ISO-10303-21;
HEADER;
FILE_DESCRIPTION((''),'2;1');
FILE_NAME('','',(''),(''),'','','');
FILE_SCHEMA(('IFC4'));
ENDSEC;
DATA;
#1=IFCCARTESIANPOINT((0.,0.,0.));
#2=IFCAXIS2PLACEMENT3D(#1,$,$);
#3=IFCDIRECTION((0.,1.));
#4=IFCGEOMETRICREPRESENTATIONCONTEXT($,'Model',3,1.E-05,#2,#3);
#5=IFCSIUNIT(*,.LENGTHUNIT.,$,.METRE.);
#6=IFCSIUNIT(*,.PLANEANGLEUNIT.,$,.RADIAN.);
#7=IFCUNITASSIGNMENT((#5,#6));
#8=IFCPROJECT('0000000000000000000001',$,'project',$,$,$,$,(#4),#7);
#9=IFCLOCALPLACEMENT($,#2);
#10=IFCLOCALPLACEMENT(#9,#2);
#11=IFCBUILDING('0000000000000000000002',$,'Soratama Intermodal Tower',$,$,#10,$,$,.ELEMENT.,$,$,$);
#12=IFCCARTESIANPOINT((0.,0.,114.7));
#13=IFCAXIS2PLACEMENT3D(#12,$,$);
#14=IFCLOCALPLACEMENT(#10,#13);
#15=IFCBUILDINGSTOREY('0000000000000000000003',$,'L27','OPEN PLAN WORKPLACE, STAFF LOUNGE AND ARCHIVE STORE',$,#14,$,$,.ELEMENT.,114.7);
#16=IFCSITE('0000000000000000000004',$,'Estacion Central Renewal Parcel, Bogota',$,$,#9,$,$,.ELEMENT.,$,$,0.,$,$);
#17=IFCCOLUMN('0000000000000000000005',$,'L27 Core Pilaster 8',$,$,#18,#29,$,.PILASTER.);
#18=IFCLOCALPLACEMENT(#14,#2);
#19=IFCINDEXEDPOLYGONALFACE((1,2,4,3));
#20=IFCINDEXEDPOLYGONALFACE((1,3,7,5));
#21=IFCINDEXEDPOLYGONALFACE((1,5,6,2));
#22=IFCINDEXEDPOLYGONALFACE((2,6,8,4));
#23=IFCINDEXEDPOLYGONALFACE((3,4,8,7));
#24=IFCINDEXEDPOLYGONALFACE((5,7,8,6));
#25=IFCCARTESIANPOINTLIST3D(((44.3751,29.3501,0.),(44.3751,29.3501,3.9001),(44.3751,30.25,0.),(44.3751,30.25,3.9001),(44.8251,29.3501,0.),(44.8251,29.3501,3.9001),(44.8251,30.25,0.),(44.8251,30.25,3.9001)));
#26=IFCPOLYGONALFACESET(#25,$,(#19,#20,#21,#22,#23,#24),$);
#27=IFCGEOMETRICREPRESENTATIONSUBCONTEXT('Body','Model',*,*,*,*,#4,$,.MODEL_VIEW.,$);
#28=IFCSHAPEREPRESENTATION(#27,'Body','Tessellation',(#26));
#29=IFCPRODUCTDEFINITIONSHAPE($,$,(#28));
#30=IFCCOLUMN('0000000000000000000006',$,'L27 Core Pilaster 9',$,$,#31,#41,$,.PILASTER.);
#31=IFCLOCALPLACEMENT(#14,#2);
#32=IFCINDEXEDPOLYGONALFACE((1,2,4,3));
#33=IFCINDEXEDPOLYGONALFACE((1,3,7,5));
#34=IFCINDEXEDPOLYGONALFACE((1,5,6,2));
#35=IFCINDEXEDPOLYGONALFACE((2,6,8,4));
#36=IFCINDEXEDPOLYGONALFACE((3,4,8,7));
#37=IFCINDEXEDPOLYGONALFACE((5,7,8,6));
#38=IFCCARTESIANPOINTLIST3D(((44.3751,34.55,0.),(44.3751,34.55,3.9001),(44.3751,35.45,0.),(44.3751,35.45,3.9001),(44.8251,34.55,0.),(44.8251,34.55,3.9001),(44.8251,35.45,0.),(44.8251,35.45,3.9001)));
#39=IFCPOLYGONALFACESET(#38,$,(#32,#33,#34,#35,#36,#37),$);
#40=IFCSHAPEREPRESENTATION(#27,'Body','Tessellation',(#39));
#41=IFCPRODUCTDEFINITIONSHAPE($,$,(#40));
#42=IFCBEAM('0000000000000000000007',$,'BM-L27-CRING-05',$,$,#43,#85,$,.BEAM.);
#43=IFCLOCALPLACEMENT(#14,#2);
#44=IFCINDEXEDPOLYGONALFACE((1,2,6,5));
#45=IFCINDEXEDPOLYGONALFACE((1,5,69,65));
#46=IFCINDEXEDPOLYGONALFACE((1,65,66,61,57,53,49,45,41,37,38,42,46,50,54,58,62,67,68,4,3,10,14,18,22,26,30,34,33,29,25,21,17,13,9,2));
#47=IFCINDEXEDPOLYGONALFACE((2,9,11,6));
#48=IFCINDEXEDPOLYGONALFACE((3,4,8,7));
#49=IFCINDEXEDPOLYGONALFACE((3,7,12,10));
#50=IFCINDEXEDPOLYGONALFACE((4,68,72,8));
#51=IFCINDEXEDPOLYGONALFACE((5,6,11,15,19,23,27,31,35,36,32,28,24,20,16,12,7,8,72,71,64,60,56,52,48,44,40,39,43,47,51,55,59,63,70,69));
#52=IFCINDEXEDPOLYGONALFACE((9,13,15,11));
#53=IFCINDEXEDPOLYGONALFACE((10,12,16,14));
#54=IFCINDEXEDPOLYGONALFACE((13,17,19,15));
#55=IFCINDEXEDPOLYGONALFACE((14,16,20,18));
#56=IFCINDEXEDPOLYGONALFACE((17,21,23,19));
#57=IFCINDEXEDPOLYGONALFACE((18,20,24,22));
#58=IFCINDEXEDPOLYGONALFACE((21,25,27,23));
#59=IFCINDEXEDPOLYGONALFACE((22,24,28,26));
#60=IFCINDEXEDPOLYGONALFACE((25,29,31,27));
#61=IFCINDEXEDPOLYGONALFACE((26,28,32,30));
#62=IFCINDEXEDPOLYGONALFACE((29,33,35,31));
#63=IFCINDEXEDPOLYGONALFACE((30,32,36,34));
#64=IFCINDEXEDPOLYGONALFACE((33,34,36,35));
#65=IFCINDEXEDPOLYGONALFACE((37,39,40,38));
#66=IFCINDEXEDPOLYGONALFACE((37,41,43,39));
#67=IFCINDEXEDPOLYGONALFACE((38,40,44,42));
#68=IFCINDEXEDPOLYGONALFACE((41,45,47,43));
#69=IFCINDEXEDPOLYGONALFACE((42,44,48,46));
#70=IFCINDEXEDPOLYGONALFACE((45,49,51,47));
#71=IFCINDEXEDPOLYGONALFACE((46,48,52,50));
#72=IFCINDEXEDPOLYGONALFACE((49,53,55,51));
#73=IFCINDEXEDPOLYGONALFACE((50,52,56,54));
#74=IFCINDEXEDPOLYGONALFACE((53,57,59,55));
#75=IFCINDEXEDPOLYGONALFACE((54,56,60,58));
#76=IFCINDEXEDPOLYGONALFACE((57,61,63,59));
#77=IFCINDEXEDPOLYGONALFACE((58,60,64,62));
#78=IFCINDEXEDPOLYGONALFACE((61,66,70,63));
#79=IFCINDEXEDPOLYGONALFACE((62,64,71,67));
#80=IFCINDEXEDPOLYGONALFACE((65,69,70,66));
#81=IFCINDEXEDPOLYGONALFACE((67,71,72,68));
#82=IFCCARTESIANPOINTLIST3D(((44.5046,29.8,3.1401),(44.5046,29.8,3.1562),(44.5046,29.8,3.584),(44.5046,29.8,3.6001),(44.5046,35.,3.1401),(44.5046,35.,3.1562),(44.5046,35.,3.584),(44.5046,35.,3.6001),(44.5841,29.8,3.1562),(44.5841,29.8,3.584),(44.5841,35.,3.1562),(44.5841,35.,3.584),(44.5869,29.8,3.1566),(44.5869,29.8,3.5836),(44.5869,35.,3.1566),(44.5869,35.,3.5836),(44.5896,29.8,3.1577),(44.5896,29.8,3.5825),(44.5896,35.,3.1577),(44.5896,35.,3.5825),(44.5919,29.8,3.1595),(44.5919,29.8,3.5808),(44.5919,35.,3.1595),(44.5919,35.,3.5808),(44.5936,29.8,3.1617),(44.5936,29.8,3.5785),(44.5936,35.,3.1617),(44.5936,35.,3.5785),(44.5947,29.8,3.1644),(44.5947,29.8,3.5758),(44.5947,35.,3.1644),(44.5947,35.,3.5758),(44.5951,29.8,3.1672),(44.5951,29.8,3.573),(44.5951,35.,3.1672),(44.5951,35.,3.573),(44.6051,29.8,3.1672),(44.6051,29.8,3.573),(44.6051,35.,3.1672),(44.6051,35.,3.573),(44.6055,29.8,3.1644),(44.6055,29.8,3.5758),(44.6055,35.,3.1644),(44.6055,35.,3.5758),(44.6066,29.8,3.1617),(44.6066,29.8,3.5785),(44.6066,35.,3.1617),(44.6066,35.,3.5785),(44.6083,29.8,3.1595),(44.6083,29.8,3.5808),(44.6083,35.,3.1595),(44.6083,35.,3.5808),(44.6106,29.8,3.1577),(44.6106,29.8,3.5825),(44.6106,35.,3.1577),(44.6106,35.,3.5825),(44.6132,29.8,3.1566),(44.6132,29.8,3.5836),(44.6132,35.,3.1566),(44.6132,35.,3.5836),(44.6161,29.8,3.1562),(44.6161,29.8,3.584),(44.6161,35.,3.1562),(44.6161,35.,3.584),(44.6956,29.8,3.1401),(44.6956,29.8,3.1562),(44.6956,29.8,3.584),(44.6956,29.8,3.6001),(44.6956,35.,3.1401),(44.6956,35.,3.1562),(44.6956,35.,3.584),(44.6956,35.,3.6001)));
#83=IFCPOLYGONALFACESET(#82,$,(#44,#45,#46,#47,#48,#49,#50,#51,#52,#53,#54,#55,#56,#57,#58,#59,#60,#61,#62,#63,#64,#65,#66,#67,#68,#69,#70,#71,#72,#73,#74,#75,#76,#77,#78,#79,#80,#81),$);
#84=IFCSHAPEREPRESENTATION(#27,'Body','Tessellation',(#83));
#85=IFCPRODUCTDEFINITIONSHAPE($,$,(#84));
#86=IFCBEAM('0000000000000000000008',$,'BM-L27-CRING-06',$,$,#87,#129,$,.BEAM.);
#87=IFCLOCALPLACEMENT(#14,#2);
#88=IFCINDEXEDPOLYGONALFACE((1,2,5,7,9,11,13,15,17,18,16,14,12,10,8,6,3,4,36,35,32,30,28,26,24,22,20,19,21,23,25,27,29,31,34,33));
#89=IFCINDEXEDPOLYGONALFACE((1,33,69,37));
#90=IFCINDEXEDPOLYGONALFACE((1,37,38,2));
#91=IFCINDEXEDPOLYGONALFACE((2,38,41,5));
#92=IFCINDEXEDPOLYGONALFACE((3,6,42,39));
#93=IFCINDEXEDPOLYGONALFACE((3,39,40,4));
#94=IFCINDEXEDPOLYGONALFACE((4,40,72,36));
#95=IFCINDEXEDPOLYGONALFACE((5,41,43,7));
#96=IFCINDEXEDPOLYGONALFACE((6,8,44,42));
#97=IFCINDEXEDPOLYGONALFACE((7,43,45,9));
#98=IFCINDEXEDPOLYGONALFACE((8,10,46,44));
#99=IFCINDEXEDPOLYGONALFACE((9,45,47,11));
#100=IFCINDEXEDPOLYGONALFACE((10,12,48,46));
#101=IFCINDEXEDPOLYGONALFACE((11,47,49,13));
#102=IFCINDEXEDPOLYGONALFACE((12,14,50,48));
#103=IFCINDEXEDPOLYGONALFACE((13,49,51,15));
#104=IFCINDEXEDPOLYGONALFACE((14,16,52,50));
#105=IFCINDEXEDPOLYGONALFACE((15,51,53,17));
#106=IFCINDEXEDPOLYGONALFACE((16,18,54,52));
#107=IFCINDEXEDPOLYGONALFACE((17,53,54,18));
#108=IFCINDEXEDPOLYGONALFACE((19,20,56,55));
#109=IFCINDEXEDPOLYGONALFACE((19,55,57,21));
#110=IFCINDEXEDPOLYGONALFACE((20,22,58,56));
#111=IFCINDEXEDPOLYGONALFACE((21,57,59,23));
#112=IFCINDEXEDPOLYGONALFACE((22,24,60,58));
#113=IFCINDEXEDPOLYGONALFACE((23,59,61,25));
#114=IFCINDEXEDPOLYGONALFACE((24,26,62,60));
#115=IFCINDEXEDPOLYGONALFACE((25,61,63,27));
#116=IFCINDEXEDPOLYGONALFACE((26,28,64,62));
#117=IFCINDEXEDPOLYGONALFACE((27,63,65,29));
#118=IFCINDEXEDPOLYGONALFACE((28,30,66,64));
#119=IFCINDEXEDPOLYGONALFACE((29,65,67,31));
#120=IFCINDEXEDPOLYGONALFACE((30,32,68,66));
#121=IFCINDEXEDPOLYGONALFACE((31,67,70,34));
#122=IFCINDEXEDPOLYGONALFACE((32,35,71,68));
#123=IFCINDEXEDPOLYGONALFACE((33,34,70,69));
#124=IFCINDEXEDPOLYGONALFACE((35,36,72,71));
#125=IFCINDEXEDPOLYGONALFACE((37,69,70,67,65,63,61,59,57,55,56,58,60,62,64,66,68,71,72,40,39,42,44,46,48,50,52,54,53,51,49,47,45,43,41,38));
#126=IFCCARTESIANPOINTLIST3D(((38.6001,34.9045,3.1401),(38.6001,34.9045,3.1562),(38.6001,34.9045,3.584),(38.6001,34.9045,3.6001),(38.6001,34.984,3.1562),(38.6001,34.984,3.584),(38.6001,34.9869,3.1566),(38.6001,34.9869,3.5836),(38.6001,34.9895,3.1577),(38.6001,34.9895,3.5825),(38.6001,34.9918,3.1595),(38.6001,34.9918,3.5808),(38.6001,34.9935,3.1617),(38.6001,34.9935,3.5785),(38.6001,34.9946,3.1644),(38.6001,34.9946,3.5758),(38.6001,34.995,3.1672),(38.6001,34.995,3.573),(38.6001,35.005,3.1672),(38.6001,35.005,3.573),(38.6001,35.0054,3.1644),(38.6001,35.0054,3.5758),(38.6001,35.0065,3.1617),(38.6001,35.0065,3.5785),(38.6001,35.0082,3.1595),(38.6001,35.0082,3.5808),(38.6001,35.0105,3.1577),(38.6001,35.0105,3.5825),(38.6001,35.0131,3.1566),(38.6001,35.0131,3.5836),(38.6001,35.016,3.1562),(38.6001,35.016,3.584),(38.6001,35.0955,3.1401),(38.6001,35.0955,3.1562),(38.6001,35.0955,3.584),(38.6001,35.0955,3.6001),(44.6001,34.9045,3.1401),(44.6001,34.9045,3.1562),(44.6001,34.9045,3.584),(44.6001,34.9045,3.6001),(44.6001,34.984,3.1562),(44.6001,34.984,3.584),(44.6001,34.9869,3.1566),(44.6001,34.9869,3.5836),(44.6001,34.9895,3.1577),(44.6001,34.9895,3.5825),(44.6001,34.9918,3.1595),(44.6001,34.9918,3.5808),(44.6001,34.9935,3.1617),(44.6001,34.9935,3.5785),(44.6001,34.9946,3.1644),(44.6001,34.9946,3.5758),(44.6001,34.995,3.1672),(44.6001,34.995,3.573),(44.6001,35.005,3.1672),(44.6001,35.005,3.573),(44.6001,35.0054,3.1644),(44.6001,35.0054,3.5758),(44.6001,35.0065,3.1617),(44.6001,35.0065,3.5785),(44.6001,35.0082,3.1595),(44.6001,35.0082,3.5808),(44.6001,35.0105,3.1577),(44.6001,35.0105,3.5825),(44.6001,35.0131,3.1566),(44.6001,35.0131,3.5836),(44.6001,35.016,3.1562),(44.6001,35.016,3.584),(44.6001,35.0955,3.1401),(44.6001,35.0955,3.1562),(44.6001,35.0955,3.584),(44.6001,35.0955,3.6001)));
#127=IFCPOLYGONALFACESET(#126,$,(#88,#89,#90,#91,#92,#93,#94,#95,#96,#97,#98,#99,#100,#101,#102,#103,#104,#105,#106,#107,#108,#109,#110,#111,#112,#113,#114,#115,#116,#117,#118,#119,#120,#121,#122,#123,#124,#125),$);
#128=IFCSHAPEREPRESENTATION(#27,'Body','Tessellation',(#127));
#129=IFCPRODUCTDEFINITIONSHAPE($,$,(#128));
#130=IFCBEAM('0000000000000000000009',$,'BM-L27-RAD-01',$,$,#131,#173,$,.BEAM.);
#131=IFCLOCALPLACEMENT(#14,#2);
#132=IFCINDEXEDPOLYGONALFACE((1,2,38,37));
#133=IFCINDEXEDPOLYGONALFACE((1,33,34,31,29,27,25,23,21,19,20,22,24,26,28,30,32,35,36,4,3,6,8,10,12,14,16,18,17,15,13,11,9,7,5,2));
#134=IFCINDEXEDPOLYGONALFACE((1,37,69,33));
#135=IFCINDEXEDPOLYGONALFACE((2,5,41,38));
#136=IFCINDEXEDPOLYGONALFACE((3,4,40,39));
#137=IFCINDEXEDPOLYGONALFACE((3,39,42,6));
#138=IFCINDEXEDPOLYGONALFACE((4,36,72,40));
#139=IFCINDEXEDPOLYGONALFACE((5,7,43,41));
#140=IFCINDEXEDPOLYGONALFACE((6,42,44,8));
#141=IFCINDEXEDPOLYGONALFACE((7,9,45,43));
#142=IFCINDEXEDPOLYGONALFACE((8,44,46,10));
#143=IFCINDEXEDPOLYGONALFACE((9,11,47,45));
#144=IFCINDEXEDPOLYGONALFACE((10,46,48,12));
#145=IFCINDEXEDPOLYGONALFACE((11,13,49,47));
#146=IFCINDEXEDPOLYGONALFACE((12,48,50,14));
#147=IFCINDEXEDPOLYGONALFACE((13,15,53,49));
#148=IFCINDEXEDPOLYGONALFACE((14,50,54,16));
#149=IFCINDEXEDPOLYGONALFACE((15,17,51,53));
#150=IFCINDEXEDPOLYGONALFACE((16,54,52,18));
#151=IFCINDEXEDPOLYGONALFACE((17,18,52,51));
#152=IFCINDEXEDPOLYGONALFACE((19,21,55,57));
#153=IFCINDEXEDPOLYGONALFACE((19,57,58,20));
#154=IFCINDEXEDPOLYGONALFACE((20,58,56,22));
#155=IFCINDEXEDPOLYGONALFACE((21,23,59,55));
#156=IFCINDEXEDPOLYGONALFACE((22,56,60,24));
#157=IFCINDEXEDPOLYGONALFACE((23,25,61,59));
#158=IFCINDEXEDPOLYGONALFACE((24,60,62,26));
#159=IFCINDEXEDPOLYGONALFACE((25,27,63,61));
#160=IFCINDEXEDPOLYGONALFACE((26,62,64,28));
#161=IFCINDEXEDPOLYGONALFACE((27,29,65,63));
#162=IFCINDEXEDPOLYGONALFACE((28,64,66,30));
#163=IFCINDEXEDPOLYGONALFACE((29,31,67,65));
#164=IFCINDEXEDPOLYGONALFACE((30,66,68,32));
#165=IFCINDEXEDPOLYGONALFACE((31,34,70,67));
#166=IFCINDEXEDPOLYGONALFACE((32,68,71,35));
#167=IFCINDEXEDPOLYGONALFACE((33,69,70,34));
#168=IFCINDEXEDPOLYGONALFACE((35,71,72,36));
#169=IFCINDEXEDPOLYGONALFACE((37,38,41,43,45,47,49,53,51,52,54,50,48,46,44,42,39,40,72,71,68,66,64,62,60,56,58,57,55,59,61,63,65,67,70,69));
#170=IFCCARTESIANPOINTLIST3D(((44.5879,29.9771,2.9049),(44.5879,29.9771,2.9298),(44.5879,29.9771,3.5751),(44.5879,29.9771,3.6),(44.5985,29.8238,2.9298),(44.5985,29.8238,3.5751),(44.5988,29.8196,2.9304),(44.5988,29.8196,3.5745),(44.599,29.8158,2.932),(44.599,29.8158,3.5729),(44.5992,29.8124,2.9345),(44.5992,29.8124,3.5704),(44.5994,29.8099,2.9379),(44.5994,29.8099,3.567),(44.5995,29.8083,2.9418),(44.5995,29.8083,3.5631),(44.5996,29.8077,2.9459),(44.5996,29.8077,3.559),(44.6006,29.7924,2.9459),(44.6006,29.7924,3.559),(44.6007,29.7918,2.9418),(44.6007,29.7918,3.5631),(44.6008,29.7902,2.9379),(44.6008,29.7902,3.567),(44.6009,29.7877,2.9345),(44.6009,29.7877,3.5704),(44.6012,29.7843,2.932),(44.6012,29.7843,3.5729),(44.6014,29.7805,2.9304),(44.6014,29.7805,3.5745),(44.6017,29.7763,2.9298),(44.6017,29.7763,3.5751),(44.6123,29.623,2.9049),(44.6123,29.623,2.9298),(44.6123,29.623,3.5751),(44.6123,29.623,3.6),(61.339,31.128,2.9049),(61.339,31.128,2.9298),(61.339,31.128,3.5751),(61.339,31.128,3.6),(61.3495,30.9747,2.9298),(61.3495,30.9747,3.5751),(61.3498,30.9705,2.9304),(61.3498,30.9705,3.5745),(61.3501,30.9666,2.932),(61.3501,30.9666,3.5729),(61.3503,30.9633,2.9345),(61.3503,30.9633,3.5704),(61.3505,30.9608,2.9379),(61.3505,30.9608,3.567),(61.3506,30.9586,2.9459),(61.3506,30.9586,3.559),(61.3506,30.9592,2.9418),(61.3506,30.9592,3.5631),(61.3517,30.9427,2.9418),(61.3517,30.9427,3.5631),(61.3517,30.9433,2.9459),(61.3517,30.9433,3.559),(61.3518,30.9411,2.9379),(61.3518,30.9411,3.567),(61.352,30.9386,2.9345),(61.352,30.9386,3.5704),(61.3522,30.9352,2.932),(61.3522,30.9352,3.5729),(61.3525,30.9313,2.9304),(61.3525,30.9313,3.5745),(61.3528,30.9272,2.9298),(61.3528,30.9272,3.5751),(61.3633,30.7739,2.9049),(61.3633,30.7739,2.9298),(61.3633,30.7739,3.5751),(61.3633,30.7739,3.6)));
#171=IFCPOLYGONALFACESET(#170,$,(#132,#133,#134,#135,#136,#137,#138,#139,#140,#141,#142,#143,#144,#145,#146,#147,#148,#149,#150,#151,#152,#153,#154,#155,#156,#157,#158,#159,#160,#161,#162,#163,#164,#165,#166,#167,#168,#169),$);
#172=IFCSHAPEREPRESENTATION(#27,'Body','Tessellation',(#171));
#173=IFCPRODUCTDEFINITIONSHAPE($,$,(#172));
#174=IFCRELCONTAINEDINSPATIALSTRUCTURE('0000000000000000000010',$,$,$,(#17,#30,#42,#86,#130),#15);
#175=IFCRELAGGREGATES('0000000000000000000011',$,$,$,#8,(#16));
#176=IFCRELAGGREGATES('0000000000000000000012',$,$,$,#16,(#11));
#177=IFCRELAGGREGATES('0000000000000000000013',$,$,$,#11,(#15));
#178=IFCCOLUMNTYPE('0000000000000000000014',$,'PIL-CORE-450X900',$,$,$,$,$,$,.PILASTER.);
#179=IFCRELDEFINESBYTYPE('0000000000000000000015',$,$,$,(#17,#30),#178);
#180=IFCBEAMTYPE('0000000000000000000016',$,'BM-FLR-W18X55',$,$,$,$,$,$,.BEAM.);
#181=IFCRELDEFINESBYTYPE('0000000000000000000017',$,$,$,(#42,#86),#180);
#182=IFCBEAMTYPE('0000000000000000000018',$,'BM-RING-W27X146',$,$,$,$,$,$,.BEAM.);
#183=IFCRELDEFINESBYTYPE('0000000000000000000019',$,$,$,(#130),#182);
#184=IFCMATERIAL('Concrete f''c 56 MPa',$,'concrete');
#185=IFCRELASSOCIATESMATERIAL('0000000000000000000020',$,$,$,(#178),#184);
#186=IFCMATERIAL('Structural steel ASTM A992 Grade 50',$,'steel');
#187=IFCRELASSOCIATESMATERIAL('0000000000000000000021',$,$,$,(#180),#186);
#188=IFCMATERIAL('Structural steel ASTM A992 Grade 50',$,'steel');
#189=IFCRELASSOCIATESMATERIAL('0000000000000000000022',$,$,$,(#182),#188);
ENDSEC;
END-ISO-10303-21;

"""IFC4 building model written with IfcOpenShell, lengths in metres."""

from ifc_helpers import new_model, si_unit, direction, frame, origin, origin_2d, place, context, subcontext, project, spatial, rectangle, i_section, extrude, material, material_profile, profile_set, type_object, element, save


model = new_model("IFC4")

# Units and contexts
model_context = context("Model", 3, precision=1e-05, world=origin(), true_north=direction((0.0, 1.0)))
body_context = subcontext(model_context, "Body", "Model", "MODEL_VIEW")
ifc_project = project(units=[si_unit("LENGTHUNIT", "METRE"), si_unit("PLANEANGLEUNIT", "RADIAN")], contexts=[model_context])

# Site, building, storey
site_placement = place(None, origin())
site = spatial("IfcSite", under=ifc_project, at=site_placement, Name="Estacion Central Renewal Parcel, Bogota", CompositionType="ELEMENT", RefElevation=0.0)
building_placement = place(site_placement, origin())
building = spatial("IfcBuilding", under=site, at=building_placement, Name="Soratama Intermodal Tower", CompositionType="ELEMENT")
storey_placement = place(building_placement, frame((0.0, 0.0, 114.7)))
storey = spatial("IfcBuildingStorey", under=building, at=storey_placement, Name="L27", Description="OPEN PLAN WORKPLACE, STAFF LOUNGE AND ARCHIVE STORE", CompositionType="ELEMENT", Elevation=114.7)

# Columns
ifc_material_1 = material(Name="Concrete f'c 56 MPa", Category="concrete")
ifc_material_profile_1 = material_profile(ifc_material_1, rectangle(XDim=0.45, YDim=0.8999, at=origin_2d()), Name="RC450X900")
ifc_profile_set_1 = profile_set([ifc_material_profile_1], Name="Concrete f'c 56 MPa")
column_type = type_object("IfcColumnType", Name="PIL-CORE-450X900", PredefinedType="PILASTER", material=ifc_profile_set_1)
for number, where, z_axis, x_axis, name in (
    (1, (44.6001, 29.8, 0.0), (0.0, 0.0, 1.0), (1.0, 0.0, 0.0), "L27 Core Pilaster 8"),
    (2, (44.6001, 35.0, 0.0), (0.0, 0.0, 1.0), (1.0, 0.0, 0.0), "L27 Core Pilaster 9"),
):
    element("IfcColumn", number, at=place(storey_placement, frame(where, z_axis=z_axis, x_axis=x_axis)), inside=storey, type_object=column_type, Name=name, PredefinedType="PILASTER", context=body_context, shape_type="SweptSolid", body=[
        extrude(rectangle(XDim=0.45, YDim=0.8999, at=origin_2d()), origin(), (0.0, 0.0, 1.0), 3.9001),
    ])

# Beams
ifc_material_2 = material(Name="Structural steel ASTM A992 Grade 50", Category="steel")
ifc_material_profile_2 = material_profile(ifc_material_2, i_section(OverallWidth=0.1909, OverallDepth=0.46, WebThickness=0.01, FlangeThickness=0.0161, FilletRadius=0.011, at=origin_2d()), Name="W18X55")
ifc_profile_set_2 = profile_set([ifc_material_profile_2], Name="Structural steel ASTM A992 Grade 50")
beam_type_1 = type_object("IfcBeamType", Name="BM-FLR-W18X55", PredefinedType="BEAM", material=ifc_profile_set_2)
beam_1_placement = place(storey_placement, frame((44.6001, 29.8, 3.3701), z_axis=(0.0, 1.0, 0.0), x_axis=(-1.0, 0.0, 0.0)))
element("IfcBeam", 3, at=beam_1_placement, inside=storey, type_object=beam_type_1, Name="BM-L27-CRING-05", PredefinedType="BEAM", context=body_context, shape_type="SweptSolid", body=[
    extrude(i_section(OverallWidth=0.1909, OverallDepth=0.46, WebThickness=0.01, FlangeThickness=0.0161, FilletRadius=0.011, at=origin_2d()), origin(), (0.0, 0.0, 1.0), 5.2),
])
beam_2_placement = place(storey_placement, frame((44.6001, 35.0, 3.3701), z_axis=(-1.0, 0.0, 0.0), x_axis=(0.0, -1.0, 0.0)))
element("IfcBeam", 4, at=beam_2_placement, inside=storey, type_object=beam_type_1, Name="BM-L27-CRING-06", PredefinedType="BEAM", context=body_context, shape_type="SweptSolid", body=[
    extrude(i_section(OverallWidth=0.1909, OverallDepth=0.46, WebThickness=0.01, FlangeThickness=0.0161, FilletRadius=0.011, at=origin_2d()), origin(), (0.0, 0.0, 1.0), 6.0),
])
ifc_material_3 = material(Name="Structural steel ASTM A992 Grade 50", Category="steel")
ifc_material_profile_3 = material_profile(ifc_material_3, i_section(OverallWidth=0.355, OverallDepth=0.6951, WebThickness=0.0154, FlangeThickness=0.0249, FilletRadius=0.0161, at=origin_2d()), Name="W27X146")
ifc_profile_set_3 = profile_set([ifc_material_profile_3], Name="Structural steel ASTM A992 Grade 50")
beam_type_2 = type_object("IfcBeamType", Name="BM-RING-W27X146", PredefinedType="BEAM", material=ifc_profile_set_3)
beam_3_placement = place(storey_placement, frame((44.6001, 29.8, 3.2524), z_axis=(0.997648, 0.068544, 0.0), x_axis=(-0.068544, 0.997648, 0.0)))
element("IfcBeam", 5, at=beam_3_placement, inside=storey, type_object=beam_type_2, Name="BM-L27-RAD-01", PredefinedType="BEAM", context=body_context, shape_type="SweptSolid", body=[
    extrude(i_section(OverallWidth=0.355, OverallDepth=0.6951, WebThickness=0.0154, FlangeThickness=0.0249, FilletRadius=0.0161, at=origin_2d()), origin(), (0.0, 0.0, 1.0), 16.7905),
])

save(model, "model.ifc")
